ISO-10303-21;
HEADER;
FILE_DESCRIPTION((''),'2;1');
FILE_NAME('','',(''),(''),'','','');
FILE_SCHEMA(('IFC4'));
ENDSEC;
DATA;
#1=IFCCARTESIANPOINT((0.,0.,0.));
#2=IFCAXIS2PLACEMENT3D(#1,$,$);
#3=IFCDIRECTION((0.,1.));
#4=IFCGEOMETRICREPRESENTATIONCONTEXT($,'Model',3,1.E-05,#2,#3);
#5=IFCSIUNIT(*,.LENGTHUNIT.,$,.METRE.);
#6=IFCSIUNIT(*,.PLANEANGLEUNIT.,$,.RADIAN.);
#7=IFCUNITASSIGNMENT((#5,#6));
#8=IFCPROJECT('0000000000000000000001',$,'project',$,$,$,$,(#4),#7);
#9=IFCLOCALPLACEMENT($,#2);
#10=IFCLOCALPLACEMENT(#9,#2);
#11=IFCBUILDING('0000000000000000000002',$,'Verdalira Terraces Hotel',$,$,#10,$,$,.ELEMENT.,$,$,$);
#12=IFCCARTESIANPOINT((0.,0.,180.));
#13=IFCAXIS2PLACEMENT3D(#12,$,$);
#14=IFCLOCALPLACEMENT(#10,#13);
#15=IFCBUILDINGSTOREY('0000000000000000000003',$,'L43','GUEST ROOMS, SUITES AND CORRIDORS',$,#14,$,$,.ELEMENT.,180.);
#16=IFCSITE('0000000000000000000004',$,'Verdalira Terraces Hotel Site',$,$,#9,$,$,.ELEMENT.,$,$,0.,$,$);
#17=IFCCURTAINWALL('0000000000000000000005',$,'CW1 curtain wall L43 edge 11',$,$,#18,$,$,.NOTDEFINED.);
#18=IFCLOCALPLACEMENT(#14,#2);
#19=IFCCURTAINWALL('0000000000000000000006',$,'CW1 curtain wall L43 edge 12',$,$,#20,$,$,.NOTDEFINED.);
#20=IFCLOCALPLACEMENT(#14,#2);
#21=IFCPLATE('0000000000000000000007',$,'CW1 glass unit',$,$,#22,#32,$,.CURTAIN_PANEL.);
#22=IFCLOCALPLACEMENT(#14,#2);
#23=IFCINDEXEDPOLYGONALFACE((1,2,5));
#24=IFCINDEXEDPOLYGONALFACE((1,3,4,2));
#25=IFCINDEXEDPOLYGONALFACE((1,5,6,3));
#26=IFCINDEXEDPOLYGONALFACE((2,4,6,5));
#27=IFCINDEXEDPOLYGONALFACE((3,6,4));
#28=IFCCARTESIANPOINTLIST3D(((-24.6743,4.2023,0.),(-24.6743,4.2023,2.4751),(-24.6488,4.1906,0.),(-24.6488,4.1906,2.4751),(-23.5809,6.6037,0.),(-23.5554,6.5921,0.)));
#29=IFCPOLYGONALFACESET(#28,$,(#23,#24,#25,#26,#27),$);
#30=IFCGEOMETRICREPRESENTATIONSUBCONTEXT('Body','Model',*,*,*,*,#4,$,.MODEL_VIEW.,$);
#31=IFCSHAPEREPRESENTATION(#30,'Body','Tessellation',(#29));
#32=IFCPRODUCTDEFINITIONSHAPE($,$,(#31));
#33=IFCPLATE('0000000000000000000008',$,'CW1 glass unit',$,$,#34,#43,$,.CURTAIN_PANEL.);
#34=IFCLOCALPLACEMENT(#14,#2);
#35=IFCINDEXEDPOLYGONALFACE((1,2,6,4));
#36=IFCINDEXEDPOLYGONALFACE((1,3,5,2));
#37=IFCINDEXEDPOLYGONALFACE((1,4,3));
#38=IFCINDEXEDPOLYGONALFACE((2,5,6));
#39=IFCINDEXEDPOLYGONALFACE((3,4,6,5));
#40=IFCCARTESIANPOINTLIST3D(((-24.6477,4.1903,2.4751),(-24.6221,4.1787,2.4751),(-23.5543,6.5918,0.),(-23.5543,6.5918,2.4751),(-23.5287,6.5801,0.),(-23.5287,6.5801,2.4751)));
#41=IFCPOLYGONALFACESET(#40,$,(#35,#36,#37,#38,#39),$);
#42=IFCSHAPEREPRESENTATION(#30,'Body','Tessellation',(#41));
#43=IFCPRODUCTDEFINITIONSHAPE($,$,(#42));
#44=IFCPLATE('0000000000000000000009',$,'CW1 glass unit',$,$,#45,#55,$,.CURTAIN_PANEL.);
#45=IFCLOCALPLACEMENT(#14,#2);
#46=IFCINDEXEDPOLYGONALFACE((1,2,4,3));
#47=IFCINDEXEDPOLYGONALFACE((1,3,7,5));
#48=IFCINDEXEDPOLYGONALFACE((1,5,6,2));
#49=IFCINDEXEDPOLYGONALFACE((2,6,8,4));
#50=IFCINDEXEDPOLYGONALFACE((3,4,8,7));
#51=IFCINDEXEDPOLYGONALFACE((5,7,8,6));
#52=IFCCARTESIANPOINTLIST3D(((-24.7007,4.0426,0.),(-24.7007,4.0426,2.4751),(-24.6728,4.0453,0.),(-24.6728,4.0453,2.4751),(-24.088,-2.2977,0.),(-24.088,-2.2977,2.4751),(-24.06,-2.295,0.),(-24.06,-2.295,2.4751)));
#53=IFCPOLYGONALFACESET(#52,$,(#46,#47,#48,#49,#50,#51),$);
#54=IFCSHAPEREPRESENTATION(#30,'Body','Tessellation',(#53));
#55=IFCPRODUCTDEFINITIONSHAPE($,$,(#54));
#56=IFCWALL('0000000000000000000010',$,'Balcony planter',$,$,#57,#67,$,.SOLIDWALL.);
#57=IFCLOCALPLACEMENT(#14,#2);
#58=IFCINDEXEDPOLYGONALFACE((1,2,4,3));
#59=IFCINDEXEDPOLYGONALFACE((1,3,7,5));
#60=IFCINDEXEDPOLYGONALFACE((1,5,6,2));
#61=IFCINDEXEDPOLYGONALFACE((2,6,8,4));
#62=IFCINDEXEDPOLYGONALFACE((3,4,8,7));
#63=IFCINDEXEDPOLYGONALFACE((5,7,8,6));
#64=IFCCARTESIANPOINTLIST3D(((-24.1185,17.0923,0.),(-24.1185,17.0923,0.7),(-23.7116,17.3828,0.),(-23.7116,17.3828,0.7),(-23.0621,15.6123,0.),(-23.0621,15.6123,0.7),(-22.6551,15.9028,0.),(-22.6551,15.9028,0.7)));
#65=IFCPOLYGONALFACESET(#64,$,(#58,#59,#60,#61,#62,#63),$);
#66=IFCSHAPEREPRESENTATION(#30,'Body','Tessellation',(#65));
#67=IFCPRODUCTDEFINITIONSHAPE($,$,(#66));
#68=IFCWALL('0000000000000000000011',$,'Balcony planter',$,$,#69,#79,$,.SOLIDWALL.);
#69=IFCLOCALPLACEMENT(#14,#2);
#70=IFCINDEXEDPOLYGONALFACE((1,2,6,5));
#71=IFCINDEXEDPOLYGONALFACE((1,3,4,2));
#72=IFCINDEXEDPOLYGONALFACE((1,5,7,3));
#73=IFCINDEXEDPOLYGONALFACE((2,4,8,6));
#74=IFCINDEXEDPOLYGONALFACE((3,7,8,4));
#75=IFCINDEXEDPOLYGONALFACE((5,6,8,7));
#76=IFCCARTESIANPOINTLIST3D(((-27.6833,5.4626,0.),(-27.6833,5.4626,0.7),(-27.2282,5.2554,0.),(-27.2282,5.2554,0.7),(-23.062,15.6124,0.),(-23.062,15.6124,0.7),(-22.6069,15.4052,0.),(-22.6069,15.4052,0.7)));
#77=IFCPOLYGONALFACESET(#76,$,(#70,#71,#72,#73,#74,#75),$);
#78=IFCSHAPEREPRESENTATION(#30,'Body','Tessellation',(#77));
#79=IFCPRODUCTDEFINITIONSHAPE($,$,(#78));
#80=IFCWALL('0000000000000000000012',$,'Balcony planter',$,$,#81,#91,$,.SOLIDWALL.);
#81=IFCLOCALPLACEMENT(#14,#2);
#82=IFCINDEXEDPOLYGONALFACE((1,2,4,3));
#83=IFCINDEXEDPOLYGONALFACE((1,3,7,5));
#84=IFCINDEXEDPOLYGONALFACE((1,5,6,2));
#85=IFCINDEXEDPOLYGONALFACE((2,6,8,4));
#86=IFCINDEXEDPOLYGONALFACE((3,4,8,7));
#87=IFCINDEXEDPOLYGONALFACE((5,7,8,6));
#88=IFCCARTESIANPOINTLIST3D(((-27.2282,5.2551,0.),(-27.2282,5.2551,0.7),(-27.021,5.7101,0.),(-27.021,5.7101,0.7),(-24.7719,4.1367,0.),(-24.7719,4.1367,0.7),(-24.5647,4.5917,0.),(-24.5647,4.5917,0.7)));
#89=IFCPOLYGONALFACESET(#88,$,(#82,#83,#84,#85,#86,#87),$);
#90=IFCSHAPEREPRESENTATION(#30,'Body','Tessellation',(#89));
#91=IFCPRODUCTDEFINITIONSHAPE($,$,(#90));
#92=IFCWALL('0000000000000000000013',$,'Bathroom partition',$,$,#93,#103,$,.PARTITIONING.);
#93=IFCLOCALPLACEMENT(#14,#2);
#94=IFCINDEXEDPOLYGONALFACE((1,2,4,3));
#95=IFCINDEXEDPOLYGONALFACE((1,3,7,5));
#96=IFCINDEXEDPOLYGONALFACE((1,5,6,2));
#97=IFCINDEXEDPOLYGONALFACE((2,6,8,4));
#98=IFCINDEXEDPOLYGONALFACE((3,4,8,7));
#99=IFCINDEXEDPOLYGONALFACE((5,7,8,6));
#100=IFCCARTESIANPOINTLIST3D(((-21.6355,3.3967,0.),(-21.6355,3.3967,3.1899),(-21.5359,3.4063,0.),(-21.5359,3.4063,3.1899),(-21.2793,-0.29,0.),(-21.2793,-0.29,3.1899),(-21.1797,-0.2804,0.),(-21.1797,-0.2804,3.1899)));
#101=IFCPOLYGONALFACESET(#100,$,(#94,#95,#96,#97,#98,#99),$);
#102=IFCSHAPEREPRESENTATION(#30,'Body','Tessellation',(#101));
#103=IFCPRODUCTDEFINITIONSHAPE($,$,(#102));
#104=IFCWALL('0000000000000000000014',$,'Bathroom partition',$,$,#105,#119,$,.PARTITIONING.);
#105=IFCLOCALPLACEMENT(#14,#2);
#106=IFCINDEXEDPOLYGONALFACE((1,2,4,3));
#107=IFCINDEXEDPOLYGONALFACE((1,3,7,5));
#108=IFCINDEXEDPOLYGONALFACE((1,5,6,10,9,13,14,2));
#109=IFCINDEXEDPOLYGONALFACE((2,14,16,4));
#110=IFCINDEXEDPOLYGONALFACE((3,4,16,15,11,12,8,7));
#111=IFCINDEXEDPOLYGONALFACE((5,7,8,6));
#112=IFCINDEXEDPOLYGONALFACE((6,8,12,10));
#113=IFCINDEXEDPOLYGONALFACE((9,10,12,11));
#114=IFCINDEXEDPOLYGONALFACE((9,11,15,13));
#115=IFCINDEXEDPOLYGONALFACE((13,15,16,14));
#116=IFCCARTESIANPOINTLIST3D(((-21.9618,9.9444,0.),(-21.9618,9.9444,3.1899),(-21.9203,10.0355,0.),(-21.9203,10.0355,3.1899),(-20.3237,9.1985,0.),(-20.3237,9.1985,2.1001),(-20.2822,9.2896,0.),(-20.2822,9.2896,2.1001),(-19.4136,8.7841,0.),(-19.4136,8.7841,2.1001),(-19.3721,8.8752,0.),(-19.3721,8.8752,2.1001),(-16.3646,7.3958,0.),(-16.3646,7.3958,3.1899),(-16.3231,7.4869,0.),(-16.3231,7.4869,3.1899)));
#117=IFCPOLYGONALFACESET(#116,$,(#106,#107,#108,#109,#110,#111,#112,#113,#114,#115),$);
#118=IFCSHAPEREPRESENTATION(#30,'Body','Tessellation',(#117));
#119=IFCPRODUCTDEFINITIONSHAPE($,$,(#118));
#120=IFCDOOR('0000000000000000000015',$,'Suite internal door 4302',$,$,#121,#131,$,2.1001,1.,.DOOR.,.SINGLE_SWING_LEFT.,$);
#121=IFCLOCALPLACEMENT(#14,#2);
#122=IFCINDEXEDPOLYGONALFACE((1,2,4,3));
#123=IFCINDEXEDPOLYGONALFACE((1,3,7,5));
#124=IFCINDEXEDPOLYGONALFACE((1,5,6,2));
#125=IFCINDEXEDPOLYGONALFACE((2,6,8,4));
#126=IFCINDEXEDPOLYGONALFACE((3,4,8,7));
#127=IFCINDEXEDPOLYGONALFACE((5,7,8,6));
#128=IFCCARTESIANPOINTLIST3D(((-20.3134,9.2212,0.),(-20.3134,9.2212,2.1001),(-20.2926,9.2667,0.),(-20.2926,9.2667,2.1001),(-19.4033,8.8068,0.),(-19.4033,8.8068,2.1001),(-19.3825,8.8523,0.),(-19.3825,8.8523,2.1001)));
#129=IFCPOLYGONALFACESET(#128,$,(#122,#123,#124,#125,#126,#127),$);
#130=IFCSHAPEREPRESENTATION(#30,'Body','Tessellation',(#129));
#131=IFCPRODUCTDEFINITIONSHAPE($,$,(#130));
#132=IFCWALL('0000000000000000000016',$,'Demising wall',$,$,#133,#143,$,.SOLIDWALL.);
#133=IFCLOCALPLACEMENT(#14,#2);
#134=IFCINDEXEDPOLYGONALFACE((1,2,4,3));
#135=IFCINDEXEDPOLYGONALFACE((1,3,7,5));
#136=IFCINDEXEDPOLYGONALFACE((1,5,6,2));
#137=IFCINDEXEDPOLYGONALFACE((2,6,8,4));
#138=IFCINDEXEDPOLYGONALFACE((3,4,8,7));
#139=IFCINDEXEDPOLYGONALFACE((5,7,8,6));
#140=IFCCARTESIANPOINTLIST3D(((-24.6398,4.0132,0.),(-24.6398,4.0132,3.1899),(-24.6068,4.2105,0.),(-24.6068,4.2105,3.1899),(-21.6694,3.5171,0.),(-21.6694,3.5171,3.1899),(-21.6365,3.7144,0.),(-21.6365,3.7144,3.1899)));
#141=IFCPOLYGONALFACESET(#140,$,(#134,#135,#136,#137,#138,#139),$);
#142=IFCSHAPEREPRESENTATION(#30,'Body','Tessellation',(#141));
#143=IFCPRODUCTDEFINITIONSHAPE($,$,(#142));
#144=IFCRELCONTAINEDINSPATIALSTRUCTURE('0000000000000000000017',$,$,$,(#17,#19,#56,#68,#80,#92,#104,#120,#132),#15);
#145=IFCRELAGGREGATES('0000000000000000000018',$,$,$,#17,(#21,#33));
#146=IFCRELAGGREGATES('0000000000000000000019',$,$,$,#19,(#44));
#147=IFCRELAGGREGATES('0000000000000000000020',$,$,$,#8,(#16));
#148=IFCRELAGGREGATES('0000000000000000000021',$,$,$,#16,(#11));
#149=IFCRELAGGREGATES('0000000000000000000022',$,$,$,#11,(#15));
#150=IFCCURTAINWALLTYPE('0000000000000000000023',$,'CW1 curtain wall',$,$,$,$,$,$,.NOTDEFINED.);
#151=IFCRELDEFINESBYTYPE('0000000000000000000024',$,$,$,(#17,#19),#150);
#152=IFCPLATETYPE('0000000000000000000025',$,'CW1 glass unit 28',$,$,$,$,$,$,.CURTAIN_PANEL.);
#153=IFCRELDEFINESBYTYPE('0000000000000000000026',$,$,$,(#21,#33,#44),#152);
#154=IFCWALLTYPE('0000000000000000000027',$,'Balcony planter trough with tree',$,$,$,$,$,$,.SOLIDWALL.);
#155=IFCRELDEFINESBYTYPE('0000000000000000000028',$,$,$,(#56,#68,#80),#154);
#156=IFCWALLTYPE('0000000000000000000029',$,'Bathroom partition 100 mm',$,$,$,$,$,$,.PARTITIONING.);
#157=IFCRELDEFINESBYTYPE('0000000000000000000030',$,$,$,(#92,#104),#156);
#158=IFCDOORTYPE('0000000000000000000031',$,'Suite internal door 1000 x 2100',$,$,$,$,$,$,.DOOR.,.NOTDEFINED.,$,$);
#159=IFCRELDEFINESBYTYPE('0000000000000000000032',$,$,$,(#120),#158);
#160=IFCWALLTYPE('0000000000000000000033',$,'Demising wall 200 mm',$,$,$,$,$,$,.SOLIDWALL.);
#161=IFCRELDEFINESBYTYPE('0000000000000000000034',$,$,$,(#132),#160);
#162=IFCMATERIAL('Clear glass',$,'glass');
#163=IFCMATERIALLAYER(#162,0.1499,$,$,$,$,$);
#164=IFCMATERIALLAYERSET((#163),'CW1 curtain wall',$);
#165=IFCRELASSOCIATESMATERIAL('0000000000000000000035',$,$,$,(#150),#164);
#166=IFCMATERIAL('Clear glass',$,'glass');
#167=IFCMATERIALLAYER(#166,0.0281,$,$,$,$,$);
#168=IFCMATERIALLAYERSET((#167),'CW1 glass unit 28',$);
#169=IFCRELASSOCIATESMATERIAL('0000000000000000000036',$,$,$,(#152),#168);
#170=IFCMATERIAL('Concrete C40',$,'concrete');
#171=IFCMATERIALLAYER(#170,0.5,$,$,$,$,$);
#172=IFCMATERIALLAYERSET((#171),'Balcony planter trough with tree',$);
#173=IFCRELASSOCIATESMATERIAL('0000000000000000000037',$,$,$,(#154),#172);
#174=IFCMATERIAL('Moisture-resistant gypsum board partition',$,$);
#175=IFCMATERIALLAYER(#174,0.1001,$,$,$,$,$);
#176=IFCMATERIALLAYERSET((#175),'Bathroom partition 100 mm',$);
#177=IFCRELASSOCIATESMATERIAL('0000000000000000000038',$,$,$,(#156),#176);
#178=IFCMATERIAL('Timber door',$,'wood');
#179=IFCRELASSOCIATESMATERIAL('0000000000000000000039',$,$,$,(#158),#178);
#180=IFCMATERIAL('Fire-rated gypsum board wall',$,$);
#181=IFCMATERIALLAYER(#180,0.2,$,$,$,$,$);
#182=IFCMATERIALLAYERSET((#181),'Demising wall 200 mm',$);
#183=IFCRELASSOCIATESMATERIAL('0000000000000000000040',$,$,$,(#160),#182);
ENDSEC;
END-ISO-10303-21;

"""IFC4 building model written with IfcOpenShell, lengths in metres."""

from ifc_helpers import new_model, si_unit, direction, frame, frame_2d, origin, origin_2d, place, context, subcontext, project, spatial, polyline, rectangle, outline, extrude, material, layer, layer_set, type_object, element, fill, aggregate, save


model = new_model("IFC4")

# Units and contexts
model_context = context("Model", 3, precision=1e-05, world=origin(), true_north=direction((0.0, 1.0)))
body_context = subcontext(model_context, "Body", "Model", "MODEL_VIEW")
ifc_project = project(units=[si_unit("LENGTHUNIT", "METRE"), si_unit("PLANEANGLEUNIT", "RADIAN")], contexts=[model_context])

# Site, building, storey
site_placement = place(None, origin())
site = spatial("IfcSite", under=ifc_project, at=site_placement, Name="Verdalira Terraces Hotel Site", CompositionType="ELEMENT", RefElevation=0.0)
building_placement = place(site_placement, origin())
building = spatial("IfcBuilding", under=site, at=building_placement, Name="Verdalira Terraces Hotel", CompositionType="ELEMENT")
storey_placement = place(building_placement, frame((0.0, 0.0, 180.0)))
storey = spatial("IfcBuildingStorey", under=building, at=storey_placement, Name="L43", Description="GUEST ROOMS, SUITES AND CORRIDORS", CompositionType="ELEMENT", Elevation=180.0)

# Curtain wall
ifc_material_1 = material(Name="Clear glass", Category="glass")
ifc_layer_1 = layer(ifc_material_1, 0.1499)
ifc_layer_set_1 = layer_set([ifc_layer_1], Name="CW1 curtain wall")
curtain_wall_type = type_object("IfcCurtainWallType", Name="CW1 curtain wall", PredefinedType="NOTDEFINED", material=ifc_layer_set_1)
curtain_wall_1_placement = place(storey_placement, origin())
curtain_wall_1 = element("IfcCurtainWall", 1, at=curtain_wall_1_placement, inside=storey, type_object=curtain_wall_type, Name="CW1 curtain wall L43 edge 11", PredefinedType="NOTDEFINED")

# Curtain wall
curtain_wall_2_placement = place(storey_placement, origin())
curtain_wall_2 = element("IfcCurtainWall", 2, at=curtain_wall_2_placement, inside=storey, type_object=curtain_wall_type, Name="CW1 curtain wall L43 edge 12", PredefinedType="NOTDEFINED")

# Plates
ifc_material_2 = material(Name="Clear glass", Category="glass")
ifc_layer_2 = layer(ifc_material_2, 0.0281)
ifc_layer_set_2 = layer_set([ifc_layer_2], Name="CW1 glass unit 28")
plate_type = type_object("IfcPlateType", Name="CW1 glass unit 28", PredefinedType="CURTAIN_PANEL", material=ifc_layer_set_2)
plate_1_placement = place(storey_placement, frame((-24.1021, 5.3914, 1.2375), z_axis=(-0.910106, 0.414376, 0.0), x_axis=(-0.414376, -0.910106, 0.0)))
plate_1 = element("IfcPlate", 3, at=plate_1_placement, type_object=plate_type, Name="CW1 glass unit", PredefinedType="CURTAIN_PANEL", context=body_context, shape_type="SweptSolid", body=[
    extrude(outline(polyline([(-1.3193, -1.2375), (1.3193, -1.2375), (1.3193, 1.2375), (-1.3193, -1.2375)])), origin(), (0.0, 0.0, 1.0), 0.0281),
])
plate_2_placement = place(storey_placement, frame((-24.0754, 5.3794, 1.2375), z_axis=(-0.910106, 0.414376, 0.0), x_axis=(-0.414376, -0.910106, 0.0)))
plate_2 = element("IfcPlate", 4, at=plate_2_placement, type_object=plate_type, Name="CW1 glass unit", PredefinedType="CURTAIN_PANEL", context=body_context, shape_type="SweptSolid", body=[
    extrude(outline(polyline([(-1.3193, -1.2375), (1.3193, 1.2375), (-1.3193, 1.2375), (-1.3193, -1.2375)])), origin(), (0.0, 0.0, 1.0), 0.0281),
])
aggregate(curtain_wall_1, [plate_1, plate_2])
plate_3_placement = place(storey_placement, frame((-24.3804, 0.8738, 0.0), z_axis=(0.0, 0.0, 1.0), x_axis=(0.096193, -0.995363, 0.0)))
plate_3 = element("IfcPlate", 5, at=plate_3_placement, type_object=plate_type, Name="CW1 glass unit", PredefinedType="CURTAIN_PANEL", context=body_context, shape_type="SweptSolid", body=[
    extrude(rectangle(XDim=6.3699, YDim=0.0281, at=origin_2d()), origin(), (0.0, 0.0, 1.0), 2.4751),
])
aggregate(curtain_wall_2, [plate_3])

# Walls
ifc_material_3 = material(Name="Concrete C40", Category="concrete")
ifc_layer_3 = layer(ifc_material_3, 0.5)
ifc_layer_set_3 = layer_set([ifc_layer_3], Name="Balcony planter trough with tree")
wall_type_1 = type_object("IfcWallType", Name="Balcony planter trough with tree", PredefinedType="SOLIDWALL", material=ifc_layer_set_3)
wall_1_placement = place(storey_placement, frame((-23.915, 17.2375, 0.0), z_axis=(0.0, 0.0, 1.0), x_axis=(0.580971, -0.813924, 0.0)))
element("IfcWall", 6, at=wall_1_placement, inside=storey, type_object=wall_type_1, Name="Balcony planter", PredefinedType="SOLIDWALL", context=body_context, shape_type="SweptSolid", body=[
    extrude(rectangle(XDim=1.8184, YDim=0.5, at=frame_2d((0.9092, 0.0))), origin(), (0.0, 0.0, 1.0), 0.7),
])
wall_2_placement = place(storey_placement, frame((-22.8345, 15.5088, 0.0), z_axis=(0.0, 0.0, 1.0), x_axis=(-0.414378, -0.910105, 0.0)))
element("IfcWall", 7, at=wall_2_placement, inside=storey, type_object=wall_type_1, Name="Balcony planter", PredefinedType="SOLIDWALL", context=body_context, shape_type="SweptSolid", body=[
    extrude(rectangle(XDim=11.1523, YDim=0.5, at=frame_2d((5.5762, 0.0))), origin(), (0.0, 0.0, 1.0), 0.7),
])
wall_3_placement = place(storey_placement, frame((-27.1248, 5.4827, 0.0), z_axis=(0.0, 0.0, 1.0), x_axis=(0.9101, -0.414389, 0.0)))
element("IfcWall", 8, at=wall_3_placement, inside=storey, type_object=wall_type_1, Name="Balcony planter", PredefinedType="SOLIDWALL", context=body_context, shape_type="SweptSolid", body=[
    extrude(rectangle(XDim=2.699, YDim=0.5, at=frame_2d((1.3496, 0.0))), origin(), (0.0, 0.0, 1.0), 0.7),
])
ifc_material_4 = material(Name="Moisture-resistant gypsum board partition")
ifc_layer_4 = layer(ifc_material_4, 0.1001)
ifc_layer_set_4 = layer_set([ifc_layer_4], Name="Bathroom partition 100 mm")
wall_type_2 = type_object("IfcWallType", Name="Bathroom partition 100 mm", PredefinedType="PARTITIONING", material=ifc_layer_set_4)
wall_4_placement = place(storey_placement, frame((-21.5857, 3.4016, 0.0), z_axis=(0.0, 0.0, 1.0), x_axis=(0.096168, -0.995365, 0.0)))
element("IfcWall", 9, at=wall_4_placement, inside=storey, type_object=wall_type_2, Name="Bathroom partition", PredefinedType="PARTITIONING", context=body_context, shape_type="SweptSolid", body=[
    extrude(rectangle(XDim=3.7039, YDim=0.1001, at=frame_2d((1.8521, 0.0))), origin(), (0.0, 0.0, 1.0), 3.1899),
])

# Wall, opening, door
wall_5_placement = place(storey_placement, frame((-21.9412, 9.99, 0.0), z_axis=(0.0, 0.0, 1.0), x_axis=(0.910096, -0.414398, 0.0)))
wall_5 = element("IfcWall", 10, at=wall_5_placement, inside=storey, type_object=wall_type_2, Name="Bathroom partition", PredefinedType="PARTITIONING", context=body_context, shape_type="SweptSolid", body=[
    extrude(rectangle(XDim=6.1501, YDim=0.1001, at=frame_2d((3.0752, 0.0))), origin(), (0.0, 0.0, 1.0), 3.1899),
])
opening_1_placement = place(wall_5_placement, frame((1.8, 0.0, 0.0)))
opening_1 = element("IfcOpeningElement", 11, at=opening_1_placement, cuts=wall_5, PredefinedType="OPENING", context=body_context, shape_type="SweptSolid", body=[
    extrude(rectangle(XDim=1.0, YDim=2.1001, at=frame_2d((0.5, 1.05))), frame((0.0, 0.0601, 0.0), z_axis=(0.0, -1.0, 0.0), x_axis=(1.0, 0.0, 0.0)), (0.0, 0.0, 1.0), 0.1201),
])
ifc_material_5 = material(Name="Timber door", Category="wood")
door_type_1 = type_object("IfcDoorType", Name="Suite internal door 1000 x 2100", OperationType="NOTDEFINED", PredefinedType="DOOR", material=ifc_material_5)
door_1_placement = place(opening_1_placement, origin())
door_1 = element("IfcDoor", 12, at=door_1_placement, inside=storey, type_object=door_type_1, Name="Suite internal door 4302", OperationType="SINGLE_SWING_LEFT", OverallHeight=2.1001, OverallWidth=1.0, PredefinedType="DOOR", context=body_context, shape_type="SweptSolid", body=[
    extrude(rectangle(XDim=1.0, YDim=2.1001, at=frame_2d((0.5, 1.05))), frame((0.0, 0.0249, 0.0), z_axis=(0.0, -1.0, 0.0), x_axis=(1.0, 0.0, 0.0)), (0.0, 0.0, 1.0), 0.05),
])
fill(opening_1, door_1)

# Wall
ifc_material_6 = material(Name="Fire-rated gypsum board wall")
ifc_layer_5 = layer(ifc_material_6, 0.2)
ifc_layer_set_5 = layer_set([ifc_layer_5], Name="Demising wall 200 mm")
wall_type_3 = type_object("IfcWallType", Name="Demising wall 200 mm", PredefinedType="SOLIDWALL", material=ifc_layer_set_5)
wall_6_placement = place(storey_placement, frame((-21.6528, 3.6157, 0.0), z_axis=(0.0, 0.0, 1.0), x_axis=(-0.986337, 0.164741, 0.0)))
element("IfcWall", 13, at=wall_6_placement, inside=storey, type_object=wall_type_3, Name="Demising wall", PredefinedType="SOLIDWALL", context=body_context, shape_type="SweptSolid", body=[
    extrude(rectangle(XDim=3.0115, YDim=0.2, at=frame_2d((1.5059, 0.0))), origin(), (0.0, 0.0, 1.0), 3.1899),
])

save(model, "model.ifc")
